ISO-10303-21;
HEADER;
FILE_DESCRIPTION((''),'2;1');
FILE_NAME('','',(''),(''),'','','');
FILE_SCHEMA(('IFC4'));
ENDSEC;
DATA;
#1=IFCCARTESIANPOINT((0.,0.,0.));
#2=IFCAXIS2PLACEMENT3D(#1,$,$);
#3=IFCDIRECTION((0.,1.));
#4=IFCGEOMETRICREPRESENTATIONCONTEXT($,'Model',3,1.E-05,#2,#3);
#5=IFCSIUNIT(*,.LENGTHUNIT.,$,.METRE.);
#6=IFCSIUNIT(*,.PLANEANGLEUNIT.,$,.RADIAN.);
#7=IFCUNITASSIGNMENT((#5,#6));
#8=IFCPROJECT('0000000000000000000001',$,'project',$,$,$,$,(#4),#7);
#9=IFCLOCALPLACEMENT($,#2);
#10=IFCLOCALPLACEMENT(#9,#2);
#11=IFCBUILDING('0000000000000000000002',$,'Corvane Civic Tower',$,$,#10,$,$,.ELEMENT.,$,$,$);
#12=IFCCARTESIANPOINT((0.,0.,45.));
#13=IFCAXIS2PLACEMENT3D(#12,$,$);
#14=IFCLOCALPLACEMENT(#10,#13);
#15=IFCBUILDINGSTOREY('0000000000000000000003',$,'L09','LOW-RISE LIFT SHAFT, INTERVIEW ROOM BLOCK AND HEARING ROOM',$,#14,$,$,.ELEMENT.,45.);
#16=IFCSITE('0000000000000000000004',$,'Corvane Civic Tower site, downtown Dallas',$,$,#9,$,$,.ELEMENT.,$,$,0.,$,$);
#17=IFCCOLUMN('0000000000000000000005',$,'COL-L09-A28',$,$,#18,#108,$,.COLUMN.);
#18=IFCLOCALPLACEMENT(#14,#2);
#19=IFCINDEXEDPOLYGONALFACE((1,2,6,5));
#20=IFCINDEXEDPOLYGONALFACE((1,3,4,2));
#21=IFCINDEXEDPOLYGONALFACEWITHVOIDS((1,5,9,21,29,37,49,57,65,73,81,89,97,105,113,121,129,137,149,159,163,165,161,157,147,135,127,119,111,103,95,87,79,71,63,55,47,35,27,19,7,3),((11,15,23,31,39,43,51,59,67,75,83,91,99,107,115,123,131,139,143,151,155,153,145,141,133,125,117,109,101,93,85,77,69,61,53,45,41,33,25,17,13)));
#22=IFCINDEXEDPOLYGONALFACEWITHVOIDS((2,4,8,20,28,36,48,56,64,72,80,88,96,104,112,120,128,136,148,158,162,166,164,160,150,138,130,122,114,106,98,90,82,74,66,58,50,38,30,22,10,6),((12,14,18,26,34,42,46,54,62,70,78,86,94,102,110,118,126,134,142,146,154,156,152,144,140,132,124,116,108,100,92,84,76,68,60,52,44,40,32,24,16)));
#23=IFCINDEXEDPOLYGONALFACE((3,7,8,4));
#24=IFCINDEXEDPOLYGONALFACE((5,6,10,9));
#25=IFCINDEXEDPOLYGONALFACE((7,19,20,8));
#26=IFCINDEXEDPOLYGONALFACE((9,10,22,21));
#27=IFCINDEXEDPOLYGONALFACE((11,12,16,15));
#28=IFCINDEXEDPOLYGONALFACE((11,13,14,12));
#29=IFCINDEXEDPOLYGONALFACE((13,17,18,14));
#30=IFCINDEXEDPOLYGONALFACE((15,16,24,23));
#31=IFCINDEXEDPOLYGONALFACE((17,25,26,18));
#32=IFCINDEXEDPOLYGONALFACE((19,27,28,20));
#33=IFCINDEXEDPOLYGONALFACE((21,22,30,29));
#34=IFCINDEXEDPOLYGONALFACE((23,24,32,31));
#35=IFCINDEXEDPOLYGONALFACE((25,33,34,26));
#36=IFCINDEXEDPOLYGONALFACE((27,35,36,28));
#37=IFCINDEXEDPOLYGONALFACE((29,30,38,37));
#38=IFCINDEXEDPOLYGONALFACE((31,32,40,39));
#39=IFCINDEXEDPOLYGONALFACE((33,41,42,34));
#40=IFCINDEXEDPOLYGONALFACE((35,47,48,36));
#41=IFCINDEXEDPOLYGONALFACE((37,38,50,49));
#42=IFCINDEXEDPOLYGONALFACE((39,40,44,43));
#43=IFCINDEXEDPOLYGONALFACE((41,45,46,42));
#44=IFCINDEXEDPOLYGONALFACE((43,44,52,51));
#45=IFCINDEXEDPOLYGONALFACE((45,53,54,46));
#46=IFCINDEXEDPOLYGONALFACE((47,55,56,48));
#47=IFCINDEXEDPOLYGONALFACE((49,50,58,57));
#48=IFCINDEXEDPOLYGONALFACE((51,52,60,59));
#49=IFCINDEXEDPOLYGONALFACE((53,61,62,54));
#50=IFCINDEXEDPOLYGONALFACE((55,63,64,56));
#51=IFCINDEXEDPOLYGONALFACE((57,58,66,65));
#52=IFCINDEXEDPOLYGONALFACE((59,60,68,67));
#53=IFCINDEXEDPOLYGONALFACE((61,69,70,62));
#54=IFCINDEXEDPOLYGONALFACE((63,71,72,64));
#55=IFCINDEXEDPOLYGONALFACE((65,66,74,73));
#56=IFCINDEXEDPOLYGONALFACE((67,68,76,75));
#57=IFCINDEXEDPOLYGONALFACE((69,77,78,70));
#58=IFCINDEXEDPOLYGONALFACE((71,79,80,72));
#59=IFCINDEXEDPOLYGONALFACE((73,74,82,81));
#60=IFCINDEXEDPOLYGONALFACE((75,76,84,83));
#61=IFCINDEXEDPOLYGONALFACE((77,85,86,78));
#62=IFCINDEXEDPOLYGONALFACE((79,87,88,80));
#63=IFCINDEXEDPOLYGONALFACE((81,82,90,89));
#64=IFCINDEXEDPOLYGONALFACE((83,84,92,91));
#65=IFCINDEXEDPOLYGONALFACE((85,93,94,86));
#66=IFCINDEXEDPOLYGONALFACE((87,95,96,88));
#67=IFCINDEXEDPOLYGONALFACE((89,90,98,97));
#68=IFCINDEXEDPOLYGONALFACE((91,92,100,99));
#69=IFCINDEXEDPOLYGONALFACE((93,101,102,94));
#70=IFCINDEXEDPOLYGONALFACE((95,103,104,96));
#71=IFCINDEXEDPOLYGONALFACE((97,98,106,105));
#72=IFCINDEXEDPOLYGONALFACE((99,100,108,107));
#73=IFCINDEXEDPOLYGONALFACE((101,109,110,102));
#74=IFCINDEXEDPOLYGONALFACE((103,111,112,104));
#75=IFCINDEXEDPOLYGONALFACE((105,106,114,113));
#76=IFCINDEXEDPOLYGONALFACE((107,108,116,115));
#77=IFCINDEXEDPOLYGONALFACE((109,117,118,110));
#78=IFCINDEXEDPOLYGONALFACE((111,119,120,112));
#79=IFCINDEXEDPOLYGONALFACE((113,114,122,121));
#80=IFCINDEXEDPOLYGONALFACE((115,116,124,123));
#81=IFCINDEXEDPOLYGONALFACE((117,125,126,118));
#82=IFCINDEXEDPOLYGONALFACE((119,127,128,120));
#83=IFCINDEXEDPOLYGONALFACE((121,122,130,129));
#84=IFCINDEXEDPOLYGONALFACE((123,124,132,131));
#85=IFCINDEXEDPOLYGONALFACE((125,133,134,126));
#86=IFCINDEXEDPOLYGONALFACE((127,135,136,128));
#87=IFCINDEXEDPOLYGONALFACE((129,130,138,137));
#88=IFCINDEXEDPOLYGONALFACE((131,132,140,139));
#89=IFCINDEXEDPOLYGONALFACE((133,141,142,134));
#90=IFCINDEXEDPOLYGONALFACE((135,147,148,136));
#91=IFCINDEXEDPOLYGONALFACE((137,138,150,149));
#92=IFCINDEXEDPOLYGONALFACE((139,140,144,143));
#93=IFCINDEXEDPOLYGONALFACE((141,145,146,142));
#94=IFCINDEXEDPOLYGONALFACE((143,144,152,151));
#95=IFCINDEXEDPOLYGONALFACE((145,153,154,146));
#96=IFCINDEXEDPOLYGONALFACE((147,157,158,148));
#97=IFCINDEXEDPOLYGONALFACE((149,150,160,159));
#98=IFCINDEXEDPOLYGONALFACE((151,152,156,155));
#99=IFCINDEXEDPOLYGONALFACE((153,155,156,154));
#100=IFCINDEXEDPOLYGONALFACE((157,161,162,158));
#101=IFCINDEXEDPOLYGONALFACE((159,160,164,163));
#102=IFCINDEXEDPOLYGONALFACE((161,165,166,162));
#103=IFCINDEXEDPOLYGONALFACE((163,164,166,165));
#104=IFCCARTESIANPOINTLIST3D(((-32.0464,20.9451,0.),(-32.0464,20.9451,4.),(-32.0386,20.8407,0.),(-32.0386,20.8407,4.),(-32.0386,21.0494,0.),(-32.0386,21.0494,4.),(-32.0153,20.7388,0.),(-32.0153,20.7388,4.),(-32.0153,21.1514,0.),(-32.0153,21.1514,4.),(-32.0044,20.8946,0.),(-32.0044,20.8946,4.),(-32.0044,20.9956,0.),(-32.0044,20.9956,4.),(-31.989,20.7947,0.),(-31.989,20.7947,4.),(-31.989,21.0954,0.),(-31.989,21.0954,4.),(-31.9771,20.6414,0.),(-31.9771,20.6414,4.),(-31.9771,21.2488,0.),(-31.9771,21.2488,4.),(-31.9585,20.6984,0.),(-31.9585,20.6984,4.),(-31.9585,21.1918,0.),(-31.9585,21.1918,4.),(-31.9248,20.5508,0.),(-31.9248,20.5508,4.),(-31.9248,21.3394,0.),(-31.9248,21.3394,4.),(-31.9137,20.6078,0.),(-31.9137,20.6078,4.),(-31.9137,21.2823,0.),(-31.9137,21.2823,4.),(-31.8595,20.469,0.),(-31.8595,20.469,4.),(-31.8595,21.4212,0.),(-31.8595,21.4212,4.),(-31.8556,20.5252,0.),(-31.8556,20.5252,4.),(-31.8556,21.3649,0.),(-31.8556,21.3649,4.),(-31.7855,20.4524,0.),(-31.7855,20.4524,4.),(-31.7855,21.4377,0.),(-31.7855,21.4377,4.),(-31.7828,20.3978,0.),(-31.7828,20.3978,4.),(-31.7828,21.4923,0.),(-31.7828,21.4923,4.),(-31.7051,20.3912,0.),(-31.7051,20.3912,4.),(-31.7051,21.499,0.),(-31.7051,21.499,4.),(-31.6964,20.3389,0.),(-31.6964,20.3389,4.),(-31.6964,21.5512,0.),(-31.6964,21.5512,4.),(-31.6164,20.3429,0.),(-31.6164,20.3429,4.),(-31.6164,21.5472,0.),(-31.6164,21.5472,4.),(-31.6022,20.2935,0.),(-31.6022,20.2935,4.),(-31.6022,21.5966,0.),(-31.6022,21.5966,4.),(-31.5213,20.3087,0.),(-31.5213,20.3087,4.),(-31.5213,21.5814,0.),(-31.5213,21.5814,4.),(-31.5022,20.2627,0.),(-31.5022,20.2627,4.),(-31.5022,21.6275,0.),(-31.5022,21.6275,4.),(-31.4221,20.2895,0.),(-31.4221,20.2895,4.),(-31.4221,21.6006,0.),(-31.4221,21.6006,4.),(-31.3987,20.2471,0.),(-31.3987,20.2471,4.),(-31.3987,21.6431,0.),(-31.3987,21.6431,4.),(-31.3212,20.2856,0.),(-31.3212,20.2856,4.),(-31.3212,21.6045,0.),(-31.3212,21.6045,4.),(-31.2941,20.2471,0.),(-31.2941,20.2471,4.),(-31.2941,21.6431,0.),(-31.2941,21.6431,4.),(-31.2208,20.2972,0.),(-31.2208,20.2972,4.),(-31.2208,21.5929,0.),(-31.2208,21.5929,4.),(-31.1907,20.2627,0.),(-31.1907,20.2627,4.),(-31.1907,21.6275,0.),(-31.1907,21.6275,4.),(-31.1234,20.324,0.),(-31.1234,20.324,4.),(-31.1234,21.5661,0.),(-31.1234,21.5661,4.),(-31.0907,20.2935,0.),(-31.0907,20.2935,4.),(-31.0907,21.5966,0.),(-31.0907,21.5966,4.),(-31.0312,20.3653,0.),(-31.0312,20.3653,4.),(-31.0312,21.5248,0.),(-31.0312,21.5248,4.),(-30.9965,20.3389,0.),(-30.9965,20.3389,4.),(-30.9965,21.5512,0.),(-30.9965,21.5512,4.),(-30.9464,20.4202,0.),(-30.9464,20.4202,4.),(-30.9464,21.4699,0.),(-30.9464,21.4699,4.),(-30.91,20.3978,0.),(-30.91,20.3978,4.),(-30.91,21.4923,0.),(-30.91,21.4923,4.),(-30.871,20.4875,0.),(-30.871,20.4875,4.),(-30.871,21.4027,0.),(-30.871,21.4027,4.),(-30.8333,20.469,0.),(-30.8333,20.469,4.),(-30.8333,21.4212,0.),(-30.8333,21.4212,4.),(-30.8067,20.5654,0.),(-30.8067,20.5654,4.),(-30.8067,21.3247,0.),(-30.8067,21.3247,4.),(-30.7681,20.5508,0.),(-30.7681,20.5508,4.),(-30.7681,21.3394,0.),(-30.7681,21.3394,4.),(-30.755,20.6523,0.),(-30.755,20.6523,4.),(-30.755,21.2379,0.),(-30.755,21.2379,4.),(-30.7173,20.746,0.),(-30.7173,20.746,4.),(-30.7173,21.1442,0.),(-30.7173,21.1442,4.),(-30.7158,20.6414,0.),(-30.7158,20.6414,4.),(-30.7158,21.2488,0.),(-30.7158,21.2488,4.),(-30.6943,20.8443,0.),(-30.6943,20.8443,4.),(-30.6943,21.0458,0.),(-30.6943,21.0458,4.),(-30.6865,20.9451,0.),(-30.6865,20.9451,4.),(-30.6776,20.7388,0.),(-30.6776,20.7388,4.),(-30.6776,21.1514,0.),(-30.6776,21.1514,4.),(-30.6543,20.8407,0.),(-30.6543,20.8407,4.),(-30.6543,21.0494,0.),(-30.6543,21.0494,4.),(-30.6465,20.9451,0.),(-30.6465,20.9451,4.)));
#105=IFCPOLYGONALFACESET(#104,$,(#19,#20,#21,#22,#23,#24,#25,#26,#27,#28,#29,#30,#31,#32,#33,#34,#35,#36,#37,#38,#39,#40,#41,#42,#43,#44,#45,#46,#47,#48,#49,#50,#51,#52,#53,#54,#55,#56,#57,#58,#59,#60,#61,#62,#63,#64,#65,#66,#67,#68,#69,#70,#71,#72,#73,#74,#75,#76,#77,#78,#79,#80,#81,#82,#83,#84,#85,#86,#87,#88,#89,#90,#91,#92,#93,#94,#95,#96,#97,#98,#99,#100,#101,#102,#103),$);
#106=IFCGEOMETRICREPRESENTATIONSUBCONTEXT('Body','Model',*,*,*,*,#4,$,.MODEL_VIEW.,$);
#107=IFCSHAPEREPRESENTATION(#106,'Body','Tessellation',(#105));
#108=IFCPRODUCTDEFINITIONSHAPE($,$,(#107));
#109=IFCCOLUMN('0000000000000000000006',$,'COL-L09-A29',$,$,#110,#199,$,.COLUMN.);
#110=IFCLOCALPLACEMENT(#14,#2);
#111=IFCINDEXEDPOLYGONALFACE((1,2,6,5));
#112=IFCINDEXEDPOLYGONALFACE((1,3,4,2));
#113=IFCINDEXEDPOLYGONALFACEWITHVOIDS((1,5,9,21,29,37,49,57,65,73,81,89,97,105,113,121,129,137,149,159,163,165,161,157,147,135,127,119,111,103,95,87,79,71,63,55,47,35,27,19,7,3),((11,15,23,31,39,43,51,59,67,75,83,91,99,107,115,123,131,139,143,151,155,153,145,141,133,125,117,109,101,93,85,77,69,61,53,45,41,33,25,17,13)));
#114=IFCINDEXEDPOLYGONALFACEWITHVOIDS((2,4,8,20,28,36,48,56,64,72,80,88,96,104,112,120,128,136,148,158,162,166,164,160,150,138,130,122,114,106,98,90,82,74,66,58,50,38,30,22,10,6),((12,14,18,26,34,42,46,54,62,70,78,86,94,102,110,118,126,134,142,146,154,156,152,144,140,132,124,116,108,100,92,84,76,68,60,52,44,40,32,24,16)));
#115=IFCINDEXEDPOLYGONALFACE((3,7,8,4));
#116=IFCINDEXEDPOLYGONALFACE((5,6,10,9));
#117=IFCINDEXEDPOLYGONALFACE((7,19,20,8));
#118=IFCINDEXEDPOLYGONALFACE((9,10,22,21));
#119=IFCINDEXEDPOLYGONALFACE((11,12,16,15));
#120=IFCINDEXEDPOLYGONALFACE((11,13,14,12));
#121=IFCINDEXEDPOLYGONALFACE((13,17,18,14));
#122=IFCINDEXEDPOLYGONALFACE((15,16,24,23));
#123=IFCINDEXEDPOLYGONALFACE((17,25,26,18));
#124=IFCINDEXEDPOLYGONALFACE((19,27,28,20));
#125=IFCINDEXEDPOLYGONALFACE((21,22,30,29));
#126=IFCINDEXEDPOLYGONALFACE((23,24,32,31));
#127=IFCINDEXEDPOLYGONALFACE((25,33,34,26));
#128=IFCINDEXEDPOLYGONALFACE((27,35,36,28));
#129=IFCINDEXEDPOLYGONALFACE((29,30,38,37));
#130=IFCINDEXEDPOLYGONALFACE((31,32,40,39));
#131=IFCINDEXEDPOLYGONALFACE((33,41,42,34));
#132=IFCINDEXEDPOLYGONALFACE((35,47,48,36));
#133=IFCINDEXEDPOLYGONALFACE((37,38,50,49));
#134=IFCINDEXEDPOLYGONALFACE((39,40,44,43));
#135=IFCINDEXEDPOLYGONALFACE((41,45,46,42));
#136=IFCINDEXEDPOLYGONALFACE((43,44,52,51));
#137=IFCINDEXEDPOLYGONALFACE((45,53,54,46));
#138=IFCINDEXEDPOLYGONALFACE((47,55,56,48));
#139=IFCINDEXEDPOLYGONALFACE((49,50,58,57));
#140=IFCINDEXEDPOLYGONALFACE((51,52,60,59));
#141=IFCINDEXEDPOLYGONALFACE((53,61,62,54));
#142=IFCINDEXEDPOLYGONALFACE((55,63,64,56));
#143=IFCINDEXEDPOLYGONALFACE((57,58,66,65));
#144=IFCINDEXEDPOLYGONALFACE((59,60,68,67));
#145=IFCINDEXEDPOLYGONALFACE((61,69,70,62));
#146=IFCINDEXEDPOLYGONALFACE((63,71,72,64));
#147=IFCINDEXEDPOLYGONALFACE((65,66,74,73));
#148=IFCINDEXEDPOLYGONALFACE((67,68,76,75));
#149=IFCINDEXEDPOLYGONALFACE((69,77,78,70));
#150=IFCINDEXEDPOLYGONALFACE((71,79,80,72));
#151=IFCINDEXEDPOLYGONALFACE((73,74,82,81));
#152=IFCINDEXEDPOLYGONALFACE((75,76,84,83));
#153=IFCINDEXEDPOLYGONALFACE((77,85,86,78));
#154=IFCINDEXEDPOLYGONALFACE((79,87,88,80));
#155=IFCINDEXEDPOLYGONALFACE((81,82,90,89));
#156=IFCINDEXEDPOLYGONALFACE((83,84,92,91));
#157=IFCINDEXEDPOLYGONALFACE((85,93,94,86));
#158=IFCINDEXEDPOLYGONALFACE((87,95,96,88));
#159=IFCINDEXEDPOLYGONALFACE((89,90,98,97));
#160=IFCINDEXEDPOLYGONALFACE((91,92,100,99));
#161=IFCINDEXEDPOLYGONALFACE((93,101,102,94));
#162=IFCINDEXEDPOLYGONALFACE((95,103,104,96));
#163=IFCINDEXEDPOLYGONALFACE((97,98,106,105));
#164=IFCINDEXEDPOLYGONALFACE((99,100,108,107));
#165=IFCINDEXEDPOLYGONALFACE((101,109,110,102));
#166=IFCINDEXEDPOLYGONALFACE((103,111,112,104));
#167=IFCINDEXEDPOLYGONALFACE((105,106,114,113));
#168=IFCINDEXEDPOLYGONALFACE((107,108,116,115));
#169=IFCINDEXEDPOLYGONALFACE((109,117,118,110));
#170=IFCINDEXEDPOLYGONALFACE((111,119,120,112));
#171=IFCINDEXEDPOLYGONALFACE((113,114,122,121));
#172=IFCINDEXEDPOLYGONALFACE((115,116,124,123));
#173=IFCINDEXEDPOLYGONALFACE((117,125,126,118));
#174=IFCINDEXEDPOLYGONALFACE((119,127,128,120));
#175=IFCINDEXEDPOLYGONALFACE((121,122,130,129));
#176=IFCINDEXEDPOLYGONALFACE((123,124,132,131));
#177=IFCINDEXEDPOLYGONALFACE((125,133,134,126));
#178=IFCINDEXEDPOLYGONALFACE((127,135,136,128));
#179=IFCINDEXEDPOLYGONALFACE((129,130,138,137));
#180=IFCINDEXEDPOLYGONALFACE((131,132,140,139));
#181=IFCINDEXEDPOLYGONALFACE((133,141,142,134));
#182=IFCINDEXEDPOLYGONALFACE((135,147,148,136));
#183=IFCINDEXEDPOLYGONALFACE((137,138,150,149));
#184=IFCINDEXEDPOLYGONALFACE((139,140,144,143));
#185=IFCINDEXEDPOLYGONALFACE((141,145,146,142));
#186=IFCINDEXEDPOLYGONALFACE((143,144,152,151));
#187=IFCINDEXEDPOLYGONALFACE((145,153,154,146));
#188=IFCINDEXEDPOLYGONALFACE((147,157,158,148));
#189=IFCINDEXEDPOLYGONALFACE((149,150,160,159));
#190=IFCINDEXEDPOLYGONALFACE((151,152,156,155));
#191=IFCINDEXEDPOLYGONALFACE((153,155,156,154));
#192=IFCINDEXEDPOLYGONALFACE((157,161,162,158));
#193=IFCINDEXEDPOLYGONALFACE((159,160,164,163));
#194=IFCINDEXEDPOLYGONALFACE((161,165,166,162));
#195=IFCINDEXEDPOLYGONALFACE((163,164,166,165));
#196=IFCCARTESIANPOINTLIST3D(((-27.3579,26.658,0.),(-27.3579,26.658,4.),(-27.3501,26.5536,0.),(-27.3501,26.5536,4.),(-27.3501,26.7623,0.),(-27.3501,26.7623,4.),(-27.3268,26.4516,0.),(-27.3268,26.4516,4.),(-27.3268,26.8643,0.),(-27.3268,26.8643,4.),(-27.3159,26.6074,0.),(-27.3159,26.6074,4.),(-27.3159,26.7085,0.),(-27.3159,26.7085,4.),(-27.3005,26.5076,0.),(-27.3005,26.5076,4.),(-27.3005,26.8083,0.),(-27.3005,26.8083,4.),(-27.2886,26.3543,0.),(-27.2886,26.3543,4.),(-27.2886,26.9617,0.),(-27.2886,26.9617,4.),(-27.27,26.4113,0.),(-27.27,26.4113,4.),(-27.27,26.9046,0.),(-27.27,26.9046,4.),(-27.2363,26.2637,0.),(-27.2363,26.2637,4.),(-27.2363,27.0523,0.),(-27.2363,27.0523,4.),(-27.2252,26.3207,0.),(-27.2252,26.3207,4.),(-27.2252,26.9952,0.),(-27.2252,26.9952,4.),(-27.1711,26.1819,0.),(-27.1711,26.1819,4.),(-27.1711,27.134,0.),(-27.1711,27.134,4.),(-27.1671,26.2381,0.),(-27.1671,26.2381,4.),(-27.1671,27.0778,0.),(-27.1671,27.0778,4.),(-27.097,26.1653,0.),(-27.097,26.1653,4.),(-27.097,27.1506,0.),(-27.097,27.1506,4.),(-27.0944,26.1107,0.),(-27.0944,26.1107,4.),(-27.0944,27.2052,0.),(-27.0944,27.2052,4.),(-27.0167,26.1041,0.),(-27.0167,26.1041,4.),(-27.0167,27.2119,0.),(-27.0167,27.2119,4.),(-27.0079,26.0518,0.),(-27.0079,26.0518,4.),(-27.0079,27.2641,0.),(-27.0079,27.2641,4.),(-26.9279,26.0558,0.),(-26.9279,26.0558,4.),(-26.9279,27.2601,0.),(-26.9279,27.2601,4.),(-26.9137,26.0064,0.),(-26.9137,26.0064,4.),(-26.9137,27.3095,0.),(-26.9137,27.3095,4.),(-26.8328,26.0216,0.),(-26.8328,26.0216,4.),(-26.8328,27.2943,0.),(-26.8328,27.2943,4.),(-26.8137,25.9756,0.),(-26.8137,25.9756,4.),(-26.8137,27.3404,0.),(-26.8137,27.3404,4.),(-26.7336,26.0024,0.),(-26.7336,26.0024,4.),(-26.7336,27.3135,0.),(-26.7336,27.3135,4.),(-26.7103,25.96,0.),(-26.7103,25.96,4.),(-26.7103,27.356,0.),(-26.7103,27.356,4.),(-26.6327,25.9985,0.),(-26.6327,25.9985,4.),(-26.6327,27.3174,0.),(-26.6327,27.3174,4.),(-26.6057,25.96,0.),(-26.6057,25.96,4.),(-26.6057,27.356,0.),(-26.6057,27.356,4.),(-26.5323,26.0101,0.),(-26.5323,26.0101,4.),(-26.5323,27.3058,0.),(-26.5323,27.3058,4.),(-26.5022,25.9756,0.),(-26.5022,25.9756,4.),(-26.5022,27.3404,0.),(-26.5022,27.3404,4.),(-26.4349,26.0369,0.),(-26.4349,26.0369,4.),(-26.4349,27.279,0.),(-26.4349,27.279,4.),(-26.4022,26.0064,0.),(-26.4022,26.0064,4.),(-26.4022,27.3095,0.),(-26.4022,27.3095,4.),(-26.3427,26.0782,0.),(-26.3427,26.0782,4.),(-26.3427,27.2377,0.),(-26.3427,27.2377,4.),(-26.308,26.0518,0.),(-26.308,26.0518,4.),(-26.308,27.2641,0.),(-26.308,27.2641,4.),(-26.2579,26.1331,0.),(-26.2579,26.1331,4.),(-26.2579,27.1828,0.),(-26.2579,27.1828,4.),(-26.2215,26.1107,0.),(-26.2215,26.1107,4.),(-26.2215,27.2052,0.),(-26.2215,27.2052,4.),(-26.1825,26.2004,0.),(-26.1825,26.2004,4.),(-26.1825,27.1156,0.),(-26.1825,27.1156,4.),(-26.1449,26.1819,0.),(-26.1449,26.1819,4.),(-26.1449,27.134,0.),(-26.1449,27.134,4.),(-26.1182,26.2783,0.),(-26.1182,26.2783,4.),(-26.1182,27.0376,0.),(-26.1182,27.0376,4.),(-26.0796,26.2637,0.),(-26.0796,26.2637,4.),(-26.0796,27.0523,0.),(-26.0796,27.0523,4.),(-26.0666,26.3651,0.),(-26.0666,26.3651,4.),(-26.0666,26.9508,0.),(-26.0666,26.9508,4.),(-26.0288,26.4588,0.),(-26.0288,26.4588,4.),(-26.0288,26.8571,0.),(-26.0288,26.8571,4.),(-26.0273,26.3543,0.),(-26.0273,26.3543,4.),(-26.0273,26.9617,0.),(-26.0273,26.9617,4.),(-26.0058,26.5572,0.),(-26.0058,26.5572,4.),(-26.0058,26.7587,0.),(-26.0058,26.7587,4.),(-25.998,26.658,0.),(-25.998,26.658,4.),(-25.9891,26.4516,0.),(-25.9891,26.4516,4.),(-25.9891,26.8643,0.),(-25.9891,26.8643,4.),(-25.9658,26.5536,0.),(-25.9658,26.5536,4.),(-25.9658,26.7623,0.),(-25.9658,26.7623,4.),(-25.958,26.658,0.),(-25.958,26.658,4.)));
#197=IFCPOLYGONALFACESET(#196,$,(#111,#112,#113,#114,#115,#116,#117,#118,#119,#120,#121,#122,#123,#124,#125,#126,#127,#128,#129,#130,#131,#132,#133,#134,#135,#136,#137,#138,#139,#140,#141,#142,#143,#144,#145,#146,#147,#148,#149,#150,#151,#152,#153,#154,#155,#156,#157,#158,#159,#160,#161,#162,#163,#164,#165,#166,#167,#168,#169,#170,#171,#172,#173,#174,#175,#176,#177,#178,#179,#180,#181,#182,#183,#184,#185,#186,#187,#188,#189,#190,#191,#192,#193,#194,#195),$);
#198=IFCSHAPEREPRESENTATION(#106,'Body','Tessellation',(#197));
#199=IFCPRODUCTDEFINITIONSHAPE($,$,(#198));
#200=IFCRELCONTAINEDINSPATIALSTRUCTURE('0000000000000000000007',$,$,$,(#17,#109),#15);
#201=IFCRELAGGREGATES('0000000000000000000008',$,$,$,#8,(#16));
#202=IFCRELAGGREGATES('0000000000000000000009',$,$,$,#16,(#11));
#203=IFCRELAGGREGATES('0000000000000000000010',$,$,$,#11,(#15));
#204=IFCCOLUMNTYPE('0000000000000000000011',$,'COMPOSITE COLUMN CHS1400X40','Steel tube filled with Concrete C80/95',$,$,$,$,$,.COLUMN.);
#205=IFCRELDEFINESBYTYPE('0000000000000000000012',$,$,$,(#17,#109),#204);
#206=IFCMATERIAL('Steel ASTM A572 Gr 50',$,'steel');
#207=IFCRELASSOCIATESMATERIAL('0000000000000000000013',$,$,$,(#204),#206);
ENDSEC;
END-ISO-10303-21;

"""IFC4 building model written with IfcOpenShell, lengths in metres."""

from ifc_helpers import new_model, si_unit, direction, frame, origin, origin_2d, place, context, subcontext, project, spatial, hollow_circle, extrude, material, material_profile, profile_set, type_object, element, save


model = new_model("IFC4")

# Units and contexts
model_context = context("Model", 3, precision=1e-05, world=origin(), true_north=direction((0.0, 1.0)))
body_context = subcontext(model_context, "Body", "Model", "MODEL_VIEW")
ifc_project = project(units=[si_unit("LENGTHUNIT", "METRE"), si_unit("PLANEANGLEUNIT", "RADIAN")], contexts=[model_context])

# Site, building, storey
site_placement = place(None, origin())
site = spatial("IfcSite", under=ifc_project, at=site_placement, Name="Corvane Civic Tower site, downtown Dallas", CompositionType="ELEMENT", RefElevation=0.0)
building_placement = place(site_placement, origin())
building = spatial("IfcBuilding", under=site, at=building_placement, Name="Corvane Civic Tower", CompositionType="ELEMENT")
storey_placement = place(building_placement, frame((0.0, 0.0, 45.0)))
storey = spatial("IfcBuildingStorey", under=building, at=storey_placement, Name="L09", Description="LOW-RISE LIFT SHAFT, INTERVIEW ROOM BLOCK AND HEARING ROOM", CompositionType="ELEMENT", Elevation=45.0)

# Columns
ifc_material_1 = material(Name="Steel ASTM A572 Gr 50", Category="steel")
ifc_material_profile_1 = material_profile(ifc_material_1, hollow_circle(Radius=0.7, WallThickness=0.04, at=origin_2d()), Name="CHS1400X40")
ifc_profile_set_1 = profile_set([ifc_material_profile_1], Name="Steel ASTM A572 Gr 50")
column_type = type_object("IfcColumnType", Name="COMPOSITE COLUMN CHS1400X40", Description="Steel tube filled with Concrete C80/95", PredefinedType="COLUMN", material=ifc_profile_set_1)
for number, where, z_axis, x_axis, name in (
    (1, (-31.3464, 20.9451, 0.0), (0.0, 0.0, 1.0), (1.0, 0.0, 0.0), "COL-L09-A28"),
    (2, (-26.658, 26.658, 0.0), (0.0, 0.0, 1.0), (1.0, 0.0, 0.0), "COL-L09-A29"),
):
    element("IfcColumn", number, at=place(storey_placement, frame(where, z_axis=z_axis, x_axis=x_axis)), inside=storey, type_object=column_type, Name=name, PredefinedType="COLUMN", context=body_context, shape_type="SweptSolid", body=[
        extrude(hollow_circle(Radius=0.7, WallThickness=0.04, at=origin_2d()), origin(), (0.0, 0.0, 1.0), 4.0),
    ])

save(model, "model.ifc")
